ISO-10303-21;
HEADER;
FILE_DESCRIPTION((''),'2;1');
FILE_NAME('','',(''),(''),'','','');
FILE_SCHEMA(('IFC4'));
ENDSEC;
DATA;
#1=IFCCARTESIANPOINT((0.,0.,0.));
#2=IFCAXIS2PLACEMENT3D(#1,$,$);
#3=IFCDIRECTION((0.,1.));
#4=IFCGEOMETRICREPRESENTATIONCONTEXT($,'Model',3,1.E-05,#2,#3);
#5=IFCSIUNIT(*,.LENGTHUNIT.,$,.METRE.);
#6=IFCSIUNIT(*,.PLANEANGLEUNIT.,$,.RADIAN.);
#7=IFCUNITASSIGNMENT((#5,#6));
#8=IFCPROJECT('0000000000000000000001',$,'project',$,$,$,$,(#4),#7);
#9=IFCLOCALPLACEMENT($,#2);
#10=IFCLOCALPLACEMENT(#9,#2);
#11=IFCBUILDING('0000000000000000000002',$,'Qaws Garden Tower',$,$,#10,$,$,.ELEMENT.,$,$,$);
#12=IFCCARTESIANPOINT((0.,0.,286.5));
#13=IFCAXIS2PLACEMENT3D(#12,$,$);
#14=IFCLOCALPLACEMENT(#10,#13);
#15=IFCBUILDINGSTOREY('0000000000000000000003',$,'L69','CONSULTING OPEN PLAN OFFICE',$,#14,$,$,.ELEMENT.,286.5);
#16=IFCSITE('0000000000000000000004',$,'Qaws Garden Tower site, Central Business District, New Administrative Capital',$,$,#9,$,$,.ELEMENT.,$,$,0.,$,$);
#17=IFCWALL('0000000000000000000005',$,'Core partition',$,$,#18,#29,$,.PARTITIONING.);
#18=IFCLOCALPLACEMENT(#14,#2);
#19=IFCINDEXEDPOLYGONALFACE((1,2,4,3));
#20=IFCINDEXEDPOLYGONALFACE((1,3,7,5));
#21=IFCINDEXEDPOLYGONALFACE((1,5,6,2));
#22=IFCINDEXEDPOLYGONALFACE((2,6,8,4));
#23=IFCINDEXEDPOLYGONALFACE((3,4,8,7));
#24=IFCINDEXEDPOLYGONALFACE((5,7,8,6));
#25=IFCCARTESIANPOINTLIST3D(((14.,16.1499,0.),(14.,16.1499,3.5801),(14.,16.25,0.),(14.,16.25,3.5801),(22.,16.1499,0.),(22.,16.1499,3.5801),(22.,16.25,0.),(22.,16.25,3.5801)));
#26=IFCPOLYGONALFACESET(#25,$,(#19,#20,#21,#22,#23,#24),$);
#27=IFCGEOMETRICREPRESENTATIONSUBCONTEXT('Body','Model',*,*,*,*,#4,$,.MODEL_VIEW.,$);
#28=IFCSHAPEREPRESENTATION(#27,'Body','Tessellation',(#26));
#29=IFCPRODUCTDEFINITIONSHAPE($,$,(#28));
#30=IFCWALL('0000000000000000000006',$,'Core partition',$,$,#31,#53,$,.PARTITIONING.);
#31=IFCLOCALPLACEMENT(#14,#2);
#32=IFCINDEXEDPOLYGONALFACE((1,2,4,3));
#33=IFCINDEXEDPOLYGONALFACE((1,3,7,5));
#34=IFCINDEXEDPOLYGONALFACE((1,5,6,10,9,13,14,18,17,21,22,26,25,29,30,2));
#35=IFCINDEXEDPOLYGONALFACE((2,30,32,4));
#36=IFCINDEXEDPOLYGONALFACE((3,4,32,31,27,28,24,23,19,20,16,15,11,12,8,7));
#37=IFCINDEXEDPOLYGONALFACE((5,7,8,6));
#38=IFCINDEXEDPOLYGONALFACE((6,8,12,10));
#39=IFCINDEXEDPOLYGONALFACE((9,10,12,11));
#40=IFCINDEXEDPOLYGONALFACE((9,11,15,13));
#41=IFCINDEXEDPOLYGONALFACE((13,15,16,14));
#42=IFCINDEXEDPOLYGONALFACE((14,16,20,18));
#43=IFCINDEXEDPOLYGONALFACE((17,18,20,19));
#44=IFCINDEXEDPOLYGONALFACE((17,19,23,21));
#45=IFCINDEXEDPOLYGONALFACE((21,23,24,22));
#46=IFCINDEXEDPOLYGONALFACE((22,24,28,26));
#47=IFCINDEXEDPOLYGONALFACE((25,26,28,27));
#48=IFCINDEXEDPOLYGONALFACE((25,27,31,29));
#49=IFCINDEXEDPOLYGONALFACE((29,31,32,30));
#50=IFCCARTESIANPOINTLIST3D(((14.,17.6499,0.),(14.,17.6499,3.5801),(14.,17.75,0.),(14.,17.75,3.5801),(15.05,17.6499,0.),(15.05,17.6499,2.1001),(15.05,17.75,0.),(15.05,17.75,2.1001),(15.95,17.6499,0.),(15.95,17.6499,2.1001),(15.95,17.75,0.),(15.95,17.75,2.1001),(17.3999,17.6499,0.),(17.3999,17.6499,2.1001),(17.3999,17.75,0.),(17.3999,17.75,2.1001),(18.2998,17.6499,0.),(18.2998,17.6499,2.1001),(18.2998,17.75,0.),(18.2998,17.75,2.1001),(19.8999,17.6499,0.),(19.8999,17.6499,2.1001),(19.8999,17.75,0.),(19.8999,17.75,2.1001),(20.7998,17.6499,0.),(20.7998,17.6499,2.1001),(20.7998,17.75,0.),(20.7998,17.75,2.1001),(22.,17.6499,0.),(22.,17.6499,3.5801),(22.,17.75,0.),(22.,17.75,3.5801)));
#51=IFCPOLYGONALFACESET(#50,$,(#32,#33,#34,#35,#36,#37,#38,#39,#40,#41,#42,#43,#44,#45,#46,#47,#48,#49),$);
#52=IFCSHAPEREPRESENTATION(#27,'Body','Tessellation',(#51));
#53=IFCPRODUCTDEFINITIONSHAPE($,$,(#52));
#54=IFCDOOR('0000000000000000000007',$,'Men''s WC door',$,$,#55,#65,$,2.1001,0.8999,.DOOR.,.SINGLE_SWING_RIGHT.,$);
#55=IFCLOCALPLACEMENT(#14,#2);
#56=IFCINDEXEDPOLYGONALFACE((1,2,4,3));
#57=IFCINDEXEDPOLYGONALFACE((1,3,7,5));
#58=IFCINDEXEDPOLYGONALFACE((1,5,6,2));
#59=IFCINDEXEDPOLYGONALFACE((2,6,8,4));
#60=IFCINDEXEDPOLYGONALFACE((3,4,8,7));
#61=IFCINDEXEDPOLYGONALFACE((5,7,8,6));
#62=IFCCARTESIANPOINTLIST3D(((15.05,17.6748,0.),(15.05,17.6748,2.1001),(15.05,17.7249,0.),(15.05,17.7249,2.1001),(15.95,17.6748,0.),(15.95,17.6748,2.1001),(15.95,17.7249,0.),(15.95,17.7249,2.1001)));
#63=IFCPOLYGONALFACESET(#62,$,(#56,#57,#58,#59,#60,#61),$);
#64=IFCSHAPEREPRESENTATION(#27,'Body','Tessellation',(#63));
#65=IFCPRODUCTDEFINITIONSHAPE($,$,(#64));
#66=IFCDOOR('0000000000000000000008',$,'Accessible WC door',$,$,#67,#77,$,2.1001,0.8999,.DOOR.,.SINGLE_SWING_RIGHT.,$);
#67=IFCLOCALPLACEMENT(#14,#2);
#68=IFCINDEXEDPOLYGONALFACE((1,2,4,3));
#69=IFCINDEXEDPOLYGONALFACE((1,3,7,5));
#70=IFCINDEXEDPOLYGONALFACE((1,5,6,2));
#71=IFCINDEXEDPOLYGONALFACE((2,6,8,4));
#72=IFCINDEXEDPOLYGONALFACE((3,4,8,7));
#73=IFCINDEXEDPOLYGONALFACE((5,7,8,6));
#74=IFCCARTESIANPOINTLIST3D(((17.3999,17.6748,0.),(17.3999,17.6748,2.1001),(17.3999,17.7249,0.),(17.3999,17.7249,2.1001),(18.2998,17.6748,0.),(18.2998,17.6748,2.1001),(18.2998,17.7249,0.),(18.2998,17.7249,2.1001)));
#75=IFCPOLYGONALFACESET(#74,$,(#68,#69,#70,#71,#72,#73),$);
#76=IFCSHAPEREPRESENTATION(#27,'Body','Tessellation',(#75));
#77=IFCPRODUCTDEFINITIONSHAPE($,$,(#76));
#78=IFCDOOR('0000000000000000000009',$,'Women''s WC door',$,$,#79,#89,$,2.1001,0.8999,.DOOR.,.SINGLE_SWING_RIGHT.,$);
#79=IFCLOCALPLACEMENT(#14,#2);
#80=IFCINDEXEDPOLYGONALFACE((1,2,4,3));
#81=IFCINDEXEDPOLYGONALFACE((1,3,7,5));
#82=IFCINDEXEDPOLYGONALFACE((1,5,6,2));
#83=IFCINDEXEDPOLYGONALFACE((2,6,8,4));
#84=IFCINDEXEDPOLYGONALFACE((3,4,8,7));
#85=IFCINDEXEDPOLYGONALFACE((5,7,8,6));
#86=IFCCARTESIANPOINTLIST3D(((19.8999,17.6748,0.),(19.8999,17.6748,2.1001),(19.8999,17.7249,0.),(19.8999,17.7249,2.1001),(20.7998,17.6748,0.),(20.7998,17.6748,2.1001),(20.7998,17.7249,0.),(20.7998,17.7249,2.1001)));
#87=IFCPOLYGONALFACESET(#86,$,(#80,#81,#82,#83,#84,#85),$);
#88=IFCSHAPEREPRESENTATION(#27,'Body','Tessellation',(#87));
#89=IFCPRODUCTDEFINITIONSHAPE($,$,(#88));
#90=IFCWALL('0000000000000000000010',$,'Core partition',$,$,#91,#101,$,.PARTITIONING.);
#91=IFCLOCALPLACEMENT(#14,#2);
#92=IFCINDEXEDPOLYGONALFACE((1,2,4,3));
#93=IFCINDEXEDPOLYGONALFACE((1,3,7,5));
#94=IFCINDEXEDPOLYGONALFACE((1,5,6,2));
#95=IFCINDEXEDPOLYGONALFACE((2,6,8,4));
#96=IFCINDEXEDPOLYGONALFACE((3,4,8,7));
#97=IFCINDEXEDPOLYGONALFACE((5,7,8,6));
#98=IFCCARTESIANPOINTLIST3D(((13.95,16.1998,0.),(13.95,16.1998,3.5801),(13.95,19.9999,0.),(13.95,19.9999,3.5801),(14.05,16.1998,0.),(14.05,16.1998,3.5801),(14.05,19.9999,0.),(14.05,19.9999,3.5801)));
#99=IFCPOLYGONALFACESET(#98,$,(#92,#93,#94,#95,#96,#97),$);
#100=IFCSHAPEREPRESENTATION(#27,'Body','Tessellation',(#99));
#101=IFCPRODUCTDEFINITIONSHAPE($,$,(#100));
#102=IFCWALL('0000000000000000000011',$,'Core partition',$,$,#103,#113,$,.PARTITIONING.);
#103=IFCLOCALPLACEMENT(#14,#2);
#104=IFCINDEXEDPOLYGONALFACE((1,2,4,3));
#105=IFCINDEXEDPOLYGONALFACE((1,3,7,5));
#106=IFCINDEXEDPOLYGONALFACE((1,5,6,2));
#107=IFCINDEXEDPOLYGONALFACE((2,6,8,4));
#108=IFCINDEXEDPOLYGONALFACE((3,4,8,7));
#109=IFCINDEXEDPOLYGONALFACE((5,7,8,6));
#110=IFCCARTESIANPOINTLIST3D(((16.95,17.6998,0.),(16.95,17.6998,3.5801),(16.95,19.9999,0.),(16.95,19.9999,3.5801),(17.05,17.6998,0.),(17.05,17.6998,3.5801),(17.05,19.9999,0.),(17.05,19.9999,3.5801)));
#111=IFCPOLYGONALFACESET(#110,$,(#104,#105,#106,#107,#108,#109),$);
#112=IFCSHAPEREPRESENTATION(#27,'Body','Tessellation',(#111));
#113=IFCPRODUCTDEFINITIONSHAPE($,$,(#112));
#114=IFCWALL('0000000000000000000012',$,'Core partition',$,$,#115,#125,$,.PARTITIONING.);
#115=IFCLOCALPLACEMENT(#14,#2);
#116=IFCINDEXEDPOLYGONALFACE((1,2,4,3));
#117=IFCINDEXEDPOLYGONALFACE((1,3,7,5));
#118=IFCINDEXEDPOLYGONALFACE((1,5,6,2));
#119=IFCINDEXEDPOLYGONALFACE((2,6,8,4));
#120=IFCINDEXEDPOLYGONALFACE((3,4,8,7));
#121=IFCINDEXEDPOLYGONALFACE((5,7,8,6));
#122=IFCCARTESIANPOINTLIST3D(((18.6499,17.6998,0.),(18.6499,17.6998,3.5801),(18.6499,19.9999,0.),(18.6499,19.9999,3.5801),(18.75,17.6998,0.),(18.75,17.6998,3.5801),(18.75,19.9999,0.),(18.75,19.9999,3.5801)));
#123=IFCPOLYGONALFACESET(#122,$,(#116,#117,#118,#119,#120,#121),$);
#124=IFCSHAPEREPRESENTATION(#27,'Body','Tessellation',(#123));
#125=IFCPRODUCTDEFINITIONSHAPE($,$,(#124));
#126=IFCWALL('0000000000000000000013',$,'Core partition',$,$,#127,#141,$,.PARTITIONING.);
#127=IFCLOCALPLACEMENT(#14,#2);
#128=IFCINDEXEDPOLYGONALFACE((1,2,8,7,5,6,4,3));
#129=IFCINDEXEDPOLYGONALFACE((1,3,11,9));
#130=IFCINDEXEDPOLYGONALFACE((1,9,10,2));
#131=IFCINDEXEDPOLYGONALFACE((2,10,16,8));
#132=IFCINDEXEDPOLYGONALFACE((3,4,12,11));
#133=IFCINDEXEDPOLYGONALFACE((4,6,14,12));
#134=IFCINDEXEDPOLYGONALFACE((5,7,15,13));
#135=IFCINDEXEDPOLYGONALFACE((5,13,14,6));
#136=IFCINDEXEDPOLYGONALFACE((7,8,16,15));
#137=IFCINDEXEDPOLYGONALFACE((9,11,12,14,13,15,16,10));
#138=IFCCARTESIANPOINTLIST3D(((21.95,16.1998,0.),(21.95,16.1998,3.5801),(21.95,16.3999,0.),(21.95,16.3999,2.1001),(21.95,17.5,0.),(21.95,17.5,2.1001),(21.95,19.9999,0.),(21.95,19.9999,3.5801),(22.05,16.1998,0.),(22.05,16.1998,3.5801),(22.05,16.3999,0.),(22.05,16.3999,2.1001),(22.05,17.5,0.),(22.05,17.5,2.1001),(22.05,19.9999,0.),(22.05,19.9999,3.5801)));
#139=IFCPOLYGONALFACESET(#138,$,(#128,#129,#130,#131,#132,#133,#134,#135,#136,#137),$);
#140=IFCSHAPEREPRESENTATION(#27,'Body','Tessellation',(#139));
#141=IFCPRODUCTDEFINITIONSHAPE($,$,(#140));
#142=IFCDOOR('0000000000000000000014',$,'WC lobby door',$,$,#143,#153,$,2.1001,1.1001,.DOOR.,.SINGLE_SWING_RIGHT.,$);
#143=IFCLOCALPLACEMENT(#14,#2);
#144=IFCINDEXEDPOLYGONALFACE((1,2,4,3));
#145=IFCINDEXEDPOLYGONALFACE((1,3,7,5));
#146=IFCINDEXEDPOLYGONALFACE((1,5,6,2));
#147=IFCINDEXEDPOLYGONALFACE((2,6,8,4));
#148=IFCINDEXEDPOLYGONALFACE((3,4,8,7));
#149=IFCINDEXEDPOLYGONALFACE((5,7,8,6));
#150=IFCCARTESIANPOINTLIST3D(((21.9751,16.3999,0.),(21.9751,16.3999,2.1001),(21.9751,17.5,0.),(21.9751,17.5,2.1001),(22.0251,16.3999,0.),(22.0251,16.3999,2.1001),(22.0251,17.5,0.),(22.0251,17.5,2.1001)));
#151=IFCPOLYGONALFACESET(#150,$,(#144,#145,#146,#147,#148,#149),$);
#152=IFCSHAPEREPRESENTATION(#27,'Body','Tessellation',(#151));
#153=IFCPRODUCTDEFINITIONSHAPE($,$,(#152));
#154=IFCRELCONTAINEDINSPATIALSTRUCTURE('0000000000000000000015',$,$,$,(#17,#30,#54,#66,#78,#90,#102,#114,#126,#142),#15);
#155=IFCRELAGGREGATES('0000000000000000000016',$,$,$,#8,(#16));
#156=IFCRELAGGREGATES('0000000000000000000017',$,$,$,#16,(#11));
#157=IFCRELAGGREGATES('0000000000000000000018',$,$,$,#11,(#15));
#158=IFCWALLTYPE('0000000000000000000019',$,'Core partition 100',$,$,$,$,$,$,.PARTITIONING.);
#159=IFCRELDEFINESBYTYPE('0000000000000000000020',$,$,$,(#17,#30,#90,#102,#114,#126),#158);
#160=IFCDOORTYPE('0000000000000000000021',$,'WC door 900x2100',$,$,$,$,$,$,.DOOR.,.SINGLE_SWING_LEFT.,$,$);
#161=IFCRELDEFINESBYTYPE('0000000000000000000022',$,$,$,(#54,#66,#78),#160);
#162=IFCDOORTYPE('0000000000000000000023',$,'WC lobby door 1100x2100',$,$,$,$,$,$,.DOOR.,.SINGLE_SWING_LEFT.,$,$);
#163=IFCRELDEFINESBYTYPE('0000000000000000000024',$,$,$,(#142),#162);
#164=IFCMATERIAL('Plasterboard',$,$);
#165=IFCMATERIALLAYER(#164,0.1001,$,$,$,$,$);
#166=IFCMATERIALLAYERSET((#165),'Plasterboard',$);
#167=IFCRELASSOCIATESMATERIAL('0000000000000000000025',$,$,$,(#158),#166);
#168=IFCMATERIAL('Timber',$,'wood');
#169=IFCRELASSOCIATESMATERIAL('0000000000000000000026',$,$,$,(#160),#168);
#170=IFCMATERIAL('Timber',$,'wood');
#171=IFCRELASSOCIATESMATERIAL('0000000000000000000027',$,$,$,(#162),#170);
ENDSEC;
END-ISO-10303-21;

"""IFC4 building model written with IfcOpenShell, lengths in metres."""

from ifc_helpers import new_model, si_unit, direction, frame, frame_2d, origin, place, context, subcontext, project, spatial, rectangle, extrude, material, layer, layer_set, type_object, element, fill, save


model = new_model("IFC4")

# Units and contexts
model_context = context("Model", 3, precision=1e-05, world=origin(), true_north=direction((0.0, 1.0)))
body_context = subcontext(model_context, "Body", "Model", "MODEL_VIEW")
ifc_project = project(units=[si_unit("LENGTHUNIT", "METRE"), si_unit("PLANEANGLEUNIT", "RADIAN")], contexts=[model_context])

# Site, building, storey
site_placement = place(None, origin())
site = spatial("IfcSite", under=ifc_project, at=site_placement, Name="Qaws Garden Tower site, Central Business District, New Administrative Capital", CompositionType="ELEMENT", RefElevation=0.0)
building_placement = place(site_placement, origin())
building = spatial("IfcBuilding", under=site, at=building_placement, Name="Qaws Garden Tower", CompositionType="ELEMENT")
storey_placement = place(building_placement, frame((0.0, 0.0, 286.5)))
storey = spatial("IfcBuildingStorey", under=building, at=storey_placement, Name="L69", Description="CONSULTING OPEN PLAN OFFICE", CompositionType="ELEMENT", Elevation=286.5)

# Wall
ifc_material_1 = material(Name="Plasterboard")
ifc_layer_1 = layer(ifc_material_1, 0.1001)
ifc_layer_set_1 = layer_set([ifc_layer_1], Name="Plasterboard")
wall_type_1 = type_object("IfcWallType", Name="Core partition 100", PredefinedType="PARTITIONING", material=ifc_layer_set_1)
wall_1_placement = place(storey_placement, frame((14.0, 16.2, 0.0), z_axis=(0.0, 0.0, 1.0), x_axis=(1.0, 0.0, 0.0)))
element("IfcWall", 1, at=wall_1_placement, inside=storey, type_object=wall_type_1, Name="Core partition", PredefinedType="PARTITIONING", context=body_context, shape_type="SweptSolid", body=[
    extrude(rectangle(XDim=8.0, YDim=0.1001, at=frame_2d((4.0, 0.0))), origin(), (0.0, 0.0, 1.0), 3.5801),
])

# Wall, openings, doors
wall_2_placement = place(storey_placement, frame((14.0, 17.7, 0.0), z_axis=(0.0, 0.0, 1.0), x_axis=(1.0, 0.0, 0.0)))
wall_2 = element("IfcWall", 2, at=wall_2_placement, inside=storey, type_object=wall_type_1, Name="Core partition", PredefinedType="PARTITIONING", context=body_context, shape_type="SweptSolid", body=[
    extrude(rectangle(XDim=8.0, YDim=0.1001, at=frame_2d((4.0, 0.0))), origin(), (0.0, 0.0, 1.0), 3.5801),
])
opening_1_placement = place(wall_2_placement, frame((1.05, 0.0, 0.0)))
opening_1 = element("IfcOpeningElement", 3, at=opening_1_placement, cuts=wall_2, PredefinedType="OPENING", context=body_context, shape_type="SweptSolid", body=[
    extrude(rectangle(XDim=0.8999, YDim=2.1001, at=frame_2d((0.45, 1.05))), frame((0.0, 0.0601, 0.0), z_axis=(0.0, -1.0, 0.0), x_axis=(1.0, 0.0, 0.0)), (0.0, 0.0, 1.0), 0.1201),
])
opening_2_placement = place(wall_2_placement, frame((3.3999, 0.0, 0.0)))
opening_2 = element("IfcOpeningElement", 4, at=opening_2_placement, cuts=wall_2, PredefinedType="OPENING", context=body_context, shape_type="SweptSolid", body=[
    extrude(rectangle(XDim=0.8999, YDim=2.1001, at=frame_2d((0.45, 1.05))), frame((0.0, 0.0601, 0.0), z_axis=(0.0, -1.0, 0.0), x_axis=(1.0, 0.0, 0.0)), (0.0, 0.0, 1.0), 0.1201),
])
opening_3_placement = place(wall_2_placement, frame((5.8999, 0.0, 0.0)))
opening_3 = element("IfcOpeningElement", 5, at=opening_3_placement, cuts=wall_2, PredefinedType="OPENING", context=body_context, shape_type="SweptSolid", body=[
    extrude(rectangle(XDim=0.8999, YDim=2.1001, at=frame_2d((0.45, 1.05))), frame((0.0, 0.0601, 0.0), z_axis=(0.0, -1.0, 0.0), x_axis=(1.0, 0.0, 0.0)), (0.0, 0.0, 1.0), 0.1201),
])
ifc_material_2 = material(Name="Timber", Category="wood")
door_type_1 = type_object("IfcDoorType", Name="WC door 900x2100", OperationType="SINGLE_SWING_LEFT", PredefinedType="DOOR", material=ifc_material_2)
door_1_placement = place(opening_1_placement, origin())
door_1 = element("IfcDoor", 6, at=door_1_placement, inside=storey, type_object=door_type_1, Name="Men's WC door", OperationType="SINGLE_SWING_RIGHT", OverallHeight=2.1001, OverallWidth=0.8999, PredefinedType="DOOR", context=body_context, shape_type="SweptSolid", body=[
    extrude(rectangle(XDim=0.8999, YDim=2.1001, at=frame_2d((0.45, 1.05))), frame((0.0, 0.0249, 0.0), z_axis=(0.0, -1.0, 0.0), x_axis=(1.0, 0.0, 0.0)), (0.0, 0.0, 1.0), 0.05),
])
fill(opening_1, door_1)
door_2_placement = place(opening_2_placement, origin())
door_2 = element("IfcDoor", 7, at=door_2_placement, inside=storey, type_object=door_type_1, Name="Accessible WC door", OperationType="SINGLE_SWING_RIGHT", OverallHeight=2.1001, OverallWidth=0.8999, PredefinedType="DOOR", context=body_context, shape_type="SweptSolid", body=[
    extrude(rectangle(XDim=0.8999, YDim=2.1001, at=frame_2d((0.45, 1.05))), frame((0.0, 0.0249, 0.0), z_axis=(0.0, -1.0, 0.0), x_axis=(1.0, 0.0, 0.0)), (0.0, 0.0, 1.0), 0.05),
])
fill(opening_2, door_2)
door_3_placement = place(opening_3_placement, origin())
door_3 = element("IfcDoor", 8, at=door_3_placement, inside=storey, type_object=door_type_1, Name="Women's WC door", OperationType="SINGLE_SWING_RIGHT", OverallHeight=2.1001, OverallWidth=0.8999, PredefinedType="DOOR", context=body_context, shape_type="SweptSolid", body=[
    extrude(rectangle(XDim=0.8999, YDim=2.1001, at=frame_2d((0.45, 1.05))), frame((0.0, 0.0249, 0.0), z_axis=(0.0, -1.0, 0.0), x_axis=(1.0, 0.0, 0.0)), (0.0, 0.0, 1.0), 0.05),
])
fill(opening_3, door_3)

# Walls
wall_3_placement = place(storey_placement, frame((14.0, 16.2, 0.0), z_axis=(0.0, 0.0, 1.0), x_axis=(0.0, 1.0, 0.0)))
element("IfcWall", 9, at=wall_3_placement, inside=storey, type_object=wall_type_1, Name="Core partition", PredefinedType="PARTITIONING", context=body_context, shape_type="SweptSolid", body=[
    extrude(rectangle(XDim=3.8, YDim=0.1001, at=frame_2d((1.8999, 0.0))), origin(), (0.0, 0.0, 1.0), 3.5801),
])
for number, where, z_axis, x_axis, name in (
    (10, (17.0, 17.7, 0.0), (0.0, 0.0, 1.0), (0.0, 1.0, 0.0), "Core partition"),
    (11, (18.7, 17.7, 0.0), (0.0, 0.0, 1.0), (0.0, 1.0, 0.0), "Core partition"),
):
    element("IfcWall", number, at=place(storey_placement, frame(where, z_axis=z_axis, x_axis=x_axis)), inside=storey, type_object=wall_type_1, Name=name, PredefinedType="PARTITIONING", context=body_context, shape_type="SweptSolid", body=[
        extrude(rectangle(XDim=2.3, YDim=0.1001, at=frame_2d((1.1499, 0.0))), origin(), (0.0, 0.0, 1.0), 3.5801),
    ])

# Wall, opening, door
wall_4_placement = place(storey_placement, frame((22.0, 16.2, 0.0), z_axis=(0.0, 0.0, 1.0), x_axis=(0.0, 1.0, 0.0)))
wall_4 = element("IfcWall", 12, at=wall_4_placement, inside=storey, type_object=wall_type_1, Name="Core partition", PredefinedType="PARTITIONING", context=body_context, shape_type="SweptSolid", body=[
    extrude(rectangle(XDim=3.8, YDim=0.1001, at=frame_2d((1.8999, 0.0))), origin(), (0.0, 0.0, 1.0), 3.5801),
])
opening_4_placement = place(wall_4_placement, frame((0.2, 0.0, 0.0)))
opening_4 = element("IfcOpeningElement", 13, at=opening_4_placement, cuts=wall_4, PredefinedType="OPENING", context=body_context, shape_type="SweptSolid", body=[
    extrude(rectangle(XDim=1.1001, YDim=2.1001, at=frame_2d((0.55, 1.05))), frame((0.0, 0.0601, 0.0), z_axis=(0.0, -1.0, 0.0), x_axis=(1.0, 0.0, 0.0)), (0.0, 0.0, 1.0), 0.1201),
])
ifc_material_3 = material(Name="Timber", Category="wood")
door_type_2 = type_object("IfcDoorType", Name="WC lobby door 1100x2100", OperationType="SINGLE_SWING_LEFT", PredefinedType="DOOR", material=ifc_material_3)
door_4_placement = place(opening_4_placement, origin())
door_4 = element("IfcDoor", 14, at=door_4_placement, inside=storey, type_object=door_type_2, Name="WC lobby door", OperationType="SINGLE_SWING_RIGHT", OverallHeight=2.1001, OverallWidth=1.1001, PredefinedType="DOOR", context=body_context, shape_type="SweptSolid", body=[
    extrude(rectangle(XDim=1.1001, YDim=2.1001, at=frame_2d((0.55, 1.05))), frame((0.0, 0.0249, 0.0), z_axis=(0.0, -1.0, 0.0), x_axis=(1.0, 0.0, 0.0)), (0.0, 0.0, 1.0), 0.05),
])
fill(opening_4, door_4)

save(model, "model.ifc")
